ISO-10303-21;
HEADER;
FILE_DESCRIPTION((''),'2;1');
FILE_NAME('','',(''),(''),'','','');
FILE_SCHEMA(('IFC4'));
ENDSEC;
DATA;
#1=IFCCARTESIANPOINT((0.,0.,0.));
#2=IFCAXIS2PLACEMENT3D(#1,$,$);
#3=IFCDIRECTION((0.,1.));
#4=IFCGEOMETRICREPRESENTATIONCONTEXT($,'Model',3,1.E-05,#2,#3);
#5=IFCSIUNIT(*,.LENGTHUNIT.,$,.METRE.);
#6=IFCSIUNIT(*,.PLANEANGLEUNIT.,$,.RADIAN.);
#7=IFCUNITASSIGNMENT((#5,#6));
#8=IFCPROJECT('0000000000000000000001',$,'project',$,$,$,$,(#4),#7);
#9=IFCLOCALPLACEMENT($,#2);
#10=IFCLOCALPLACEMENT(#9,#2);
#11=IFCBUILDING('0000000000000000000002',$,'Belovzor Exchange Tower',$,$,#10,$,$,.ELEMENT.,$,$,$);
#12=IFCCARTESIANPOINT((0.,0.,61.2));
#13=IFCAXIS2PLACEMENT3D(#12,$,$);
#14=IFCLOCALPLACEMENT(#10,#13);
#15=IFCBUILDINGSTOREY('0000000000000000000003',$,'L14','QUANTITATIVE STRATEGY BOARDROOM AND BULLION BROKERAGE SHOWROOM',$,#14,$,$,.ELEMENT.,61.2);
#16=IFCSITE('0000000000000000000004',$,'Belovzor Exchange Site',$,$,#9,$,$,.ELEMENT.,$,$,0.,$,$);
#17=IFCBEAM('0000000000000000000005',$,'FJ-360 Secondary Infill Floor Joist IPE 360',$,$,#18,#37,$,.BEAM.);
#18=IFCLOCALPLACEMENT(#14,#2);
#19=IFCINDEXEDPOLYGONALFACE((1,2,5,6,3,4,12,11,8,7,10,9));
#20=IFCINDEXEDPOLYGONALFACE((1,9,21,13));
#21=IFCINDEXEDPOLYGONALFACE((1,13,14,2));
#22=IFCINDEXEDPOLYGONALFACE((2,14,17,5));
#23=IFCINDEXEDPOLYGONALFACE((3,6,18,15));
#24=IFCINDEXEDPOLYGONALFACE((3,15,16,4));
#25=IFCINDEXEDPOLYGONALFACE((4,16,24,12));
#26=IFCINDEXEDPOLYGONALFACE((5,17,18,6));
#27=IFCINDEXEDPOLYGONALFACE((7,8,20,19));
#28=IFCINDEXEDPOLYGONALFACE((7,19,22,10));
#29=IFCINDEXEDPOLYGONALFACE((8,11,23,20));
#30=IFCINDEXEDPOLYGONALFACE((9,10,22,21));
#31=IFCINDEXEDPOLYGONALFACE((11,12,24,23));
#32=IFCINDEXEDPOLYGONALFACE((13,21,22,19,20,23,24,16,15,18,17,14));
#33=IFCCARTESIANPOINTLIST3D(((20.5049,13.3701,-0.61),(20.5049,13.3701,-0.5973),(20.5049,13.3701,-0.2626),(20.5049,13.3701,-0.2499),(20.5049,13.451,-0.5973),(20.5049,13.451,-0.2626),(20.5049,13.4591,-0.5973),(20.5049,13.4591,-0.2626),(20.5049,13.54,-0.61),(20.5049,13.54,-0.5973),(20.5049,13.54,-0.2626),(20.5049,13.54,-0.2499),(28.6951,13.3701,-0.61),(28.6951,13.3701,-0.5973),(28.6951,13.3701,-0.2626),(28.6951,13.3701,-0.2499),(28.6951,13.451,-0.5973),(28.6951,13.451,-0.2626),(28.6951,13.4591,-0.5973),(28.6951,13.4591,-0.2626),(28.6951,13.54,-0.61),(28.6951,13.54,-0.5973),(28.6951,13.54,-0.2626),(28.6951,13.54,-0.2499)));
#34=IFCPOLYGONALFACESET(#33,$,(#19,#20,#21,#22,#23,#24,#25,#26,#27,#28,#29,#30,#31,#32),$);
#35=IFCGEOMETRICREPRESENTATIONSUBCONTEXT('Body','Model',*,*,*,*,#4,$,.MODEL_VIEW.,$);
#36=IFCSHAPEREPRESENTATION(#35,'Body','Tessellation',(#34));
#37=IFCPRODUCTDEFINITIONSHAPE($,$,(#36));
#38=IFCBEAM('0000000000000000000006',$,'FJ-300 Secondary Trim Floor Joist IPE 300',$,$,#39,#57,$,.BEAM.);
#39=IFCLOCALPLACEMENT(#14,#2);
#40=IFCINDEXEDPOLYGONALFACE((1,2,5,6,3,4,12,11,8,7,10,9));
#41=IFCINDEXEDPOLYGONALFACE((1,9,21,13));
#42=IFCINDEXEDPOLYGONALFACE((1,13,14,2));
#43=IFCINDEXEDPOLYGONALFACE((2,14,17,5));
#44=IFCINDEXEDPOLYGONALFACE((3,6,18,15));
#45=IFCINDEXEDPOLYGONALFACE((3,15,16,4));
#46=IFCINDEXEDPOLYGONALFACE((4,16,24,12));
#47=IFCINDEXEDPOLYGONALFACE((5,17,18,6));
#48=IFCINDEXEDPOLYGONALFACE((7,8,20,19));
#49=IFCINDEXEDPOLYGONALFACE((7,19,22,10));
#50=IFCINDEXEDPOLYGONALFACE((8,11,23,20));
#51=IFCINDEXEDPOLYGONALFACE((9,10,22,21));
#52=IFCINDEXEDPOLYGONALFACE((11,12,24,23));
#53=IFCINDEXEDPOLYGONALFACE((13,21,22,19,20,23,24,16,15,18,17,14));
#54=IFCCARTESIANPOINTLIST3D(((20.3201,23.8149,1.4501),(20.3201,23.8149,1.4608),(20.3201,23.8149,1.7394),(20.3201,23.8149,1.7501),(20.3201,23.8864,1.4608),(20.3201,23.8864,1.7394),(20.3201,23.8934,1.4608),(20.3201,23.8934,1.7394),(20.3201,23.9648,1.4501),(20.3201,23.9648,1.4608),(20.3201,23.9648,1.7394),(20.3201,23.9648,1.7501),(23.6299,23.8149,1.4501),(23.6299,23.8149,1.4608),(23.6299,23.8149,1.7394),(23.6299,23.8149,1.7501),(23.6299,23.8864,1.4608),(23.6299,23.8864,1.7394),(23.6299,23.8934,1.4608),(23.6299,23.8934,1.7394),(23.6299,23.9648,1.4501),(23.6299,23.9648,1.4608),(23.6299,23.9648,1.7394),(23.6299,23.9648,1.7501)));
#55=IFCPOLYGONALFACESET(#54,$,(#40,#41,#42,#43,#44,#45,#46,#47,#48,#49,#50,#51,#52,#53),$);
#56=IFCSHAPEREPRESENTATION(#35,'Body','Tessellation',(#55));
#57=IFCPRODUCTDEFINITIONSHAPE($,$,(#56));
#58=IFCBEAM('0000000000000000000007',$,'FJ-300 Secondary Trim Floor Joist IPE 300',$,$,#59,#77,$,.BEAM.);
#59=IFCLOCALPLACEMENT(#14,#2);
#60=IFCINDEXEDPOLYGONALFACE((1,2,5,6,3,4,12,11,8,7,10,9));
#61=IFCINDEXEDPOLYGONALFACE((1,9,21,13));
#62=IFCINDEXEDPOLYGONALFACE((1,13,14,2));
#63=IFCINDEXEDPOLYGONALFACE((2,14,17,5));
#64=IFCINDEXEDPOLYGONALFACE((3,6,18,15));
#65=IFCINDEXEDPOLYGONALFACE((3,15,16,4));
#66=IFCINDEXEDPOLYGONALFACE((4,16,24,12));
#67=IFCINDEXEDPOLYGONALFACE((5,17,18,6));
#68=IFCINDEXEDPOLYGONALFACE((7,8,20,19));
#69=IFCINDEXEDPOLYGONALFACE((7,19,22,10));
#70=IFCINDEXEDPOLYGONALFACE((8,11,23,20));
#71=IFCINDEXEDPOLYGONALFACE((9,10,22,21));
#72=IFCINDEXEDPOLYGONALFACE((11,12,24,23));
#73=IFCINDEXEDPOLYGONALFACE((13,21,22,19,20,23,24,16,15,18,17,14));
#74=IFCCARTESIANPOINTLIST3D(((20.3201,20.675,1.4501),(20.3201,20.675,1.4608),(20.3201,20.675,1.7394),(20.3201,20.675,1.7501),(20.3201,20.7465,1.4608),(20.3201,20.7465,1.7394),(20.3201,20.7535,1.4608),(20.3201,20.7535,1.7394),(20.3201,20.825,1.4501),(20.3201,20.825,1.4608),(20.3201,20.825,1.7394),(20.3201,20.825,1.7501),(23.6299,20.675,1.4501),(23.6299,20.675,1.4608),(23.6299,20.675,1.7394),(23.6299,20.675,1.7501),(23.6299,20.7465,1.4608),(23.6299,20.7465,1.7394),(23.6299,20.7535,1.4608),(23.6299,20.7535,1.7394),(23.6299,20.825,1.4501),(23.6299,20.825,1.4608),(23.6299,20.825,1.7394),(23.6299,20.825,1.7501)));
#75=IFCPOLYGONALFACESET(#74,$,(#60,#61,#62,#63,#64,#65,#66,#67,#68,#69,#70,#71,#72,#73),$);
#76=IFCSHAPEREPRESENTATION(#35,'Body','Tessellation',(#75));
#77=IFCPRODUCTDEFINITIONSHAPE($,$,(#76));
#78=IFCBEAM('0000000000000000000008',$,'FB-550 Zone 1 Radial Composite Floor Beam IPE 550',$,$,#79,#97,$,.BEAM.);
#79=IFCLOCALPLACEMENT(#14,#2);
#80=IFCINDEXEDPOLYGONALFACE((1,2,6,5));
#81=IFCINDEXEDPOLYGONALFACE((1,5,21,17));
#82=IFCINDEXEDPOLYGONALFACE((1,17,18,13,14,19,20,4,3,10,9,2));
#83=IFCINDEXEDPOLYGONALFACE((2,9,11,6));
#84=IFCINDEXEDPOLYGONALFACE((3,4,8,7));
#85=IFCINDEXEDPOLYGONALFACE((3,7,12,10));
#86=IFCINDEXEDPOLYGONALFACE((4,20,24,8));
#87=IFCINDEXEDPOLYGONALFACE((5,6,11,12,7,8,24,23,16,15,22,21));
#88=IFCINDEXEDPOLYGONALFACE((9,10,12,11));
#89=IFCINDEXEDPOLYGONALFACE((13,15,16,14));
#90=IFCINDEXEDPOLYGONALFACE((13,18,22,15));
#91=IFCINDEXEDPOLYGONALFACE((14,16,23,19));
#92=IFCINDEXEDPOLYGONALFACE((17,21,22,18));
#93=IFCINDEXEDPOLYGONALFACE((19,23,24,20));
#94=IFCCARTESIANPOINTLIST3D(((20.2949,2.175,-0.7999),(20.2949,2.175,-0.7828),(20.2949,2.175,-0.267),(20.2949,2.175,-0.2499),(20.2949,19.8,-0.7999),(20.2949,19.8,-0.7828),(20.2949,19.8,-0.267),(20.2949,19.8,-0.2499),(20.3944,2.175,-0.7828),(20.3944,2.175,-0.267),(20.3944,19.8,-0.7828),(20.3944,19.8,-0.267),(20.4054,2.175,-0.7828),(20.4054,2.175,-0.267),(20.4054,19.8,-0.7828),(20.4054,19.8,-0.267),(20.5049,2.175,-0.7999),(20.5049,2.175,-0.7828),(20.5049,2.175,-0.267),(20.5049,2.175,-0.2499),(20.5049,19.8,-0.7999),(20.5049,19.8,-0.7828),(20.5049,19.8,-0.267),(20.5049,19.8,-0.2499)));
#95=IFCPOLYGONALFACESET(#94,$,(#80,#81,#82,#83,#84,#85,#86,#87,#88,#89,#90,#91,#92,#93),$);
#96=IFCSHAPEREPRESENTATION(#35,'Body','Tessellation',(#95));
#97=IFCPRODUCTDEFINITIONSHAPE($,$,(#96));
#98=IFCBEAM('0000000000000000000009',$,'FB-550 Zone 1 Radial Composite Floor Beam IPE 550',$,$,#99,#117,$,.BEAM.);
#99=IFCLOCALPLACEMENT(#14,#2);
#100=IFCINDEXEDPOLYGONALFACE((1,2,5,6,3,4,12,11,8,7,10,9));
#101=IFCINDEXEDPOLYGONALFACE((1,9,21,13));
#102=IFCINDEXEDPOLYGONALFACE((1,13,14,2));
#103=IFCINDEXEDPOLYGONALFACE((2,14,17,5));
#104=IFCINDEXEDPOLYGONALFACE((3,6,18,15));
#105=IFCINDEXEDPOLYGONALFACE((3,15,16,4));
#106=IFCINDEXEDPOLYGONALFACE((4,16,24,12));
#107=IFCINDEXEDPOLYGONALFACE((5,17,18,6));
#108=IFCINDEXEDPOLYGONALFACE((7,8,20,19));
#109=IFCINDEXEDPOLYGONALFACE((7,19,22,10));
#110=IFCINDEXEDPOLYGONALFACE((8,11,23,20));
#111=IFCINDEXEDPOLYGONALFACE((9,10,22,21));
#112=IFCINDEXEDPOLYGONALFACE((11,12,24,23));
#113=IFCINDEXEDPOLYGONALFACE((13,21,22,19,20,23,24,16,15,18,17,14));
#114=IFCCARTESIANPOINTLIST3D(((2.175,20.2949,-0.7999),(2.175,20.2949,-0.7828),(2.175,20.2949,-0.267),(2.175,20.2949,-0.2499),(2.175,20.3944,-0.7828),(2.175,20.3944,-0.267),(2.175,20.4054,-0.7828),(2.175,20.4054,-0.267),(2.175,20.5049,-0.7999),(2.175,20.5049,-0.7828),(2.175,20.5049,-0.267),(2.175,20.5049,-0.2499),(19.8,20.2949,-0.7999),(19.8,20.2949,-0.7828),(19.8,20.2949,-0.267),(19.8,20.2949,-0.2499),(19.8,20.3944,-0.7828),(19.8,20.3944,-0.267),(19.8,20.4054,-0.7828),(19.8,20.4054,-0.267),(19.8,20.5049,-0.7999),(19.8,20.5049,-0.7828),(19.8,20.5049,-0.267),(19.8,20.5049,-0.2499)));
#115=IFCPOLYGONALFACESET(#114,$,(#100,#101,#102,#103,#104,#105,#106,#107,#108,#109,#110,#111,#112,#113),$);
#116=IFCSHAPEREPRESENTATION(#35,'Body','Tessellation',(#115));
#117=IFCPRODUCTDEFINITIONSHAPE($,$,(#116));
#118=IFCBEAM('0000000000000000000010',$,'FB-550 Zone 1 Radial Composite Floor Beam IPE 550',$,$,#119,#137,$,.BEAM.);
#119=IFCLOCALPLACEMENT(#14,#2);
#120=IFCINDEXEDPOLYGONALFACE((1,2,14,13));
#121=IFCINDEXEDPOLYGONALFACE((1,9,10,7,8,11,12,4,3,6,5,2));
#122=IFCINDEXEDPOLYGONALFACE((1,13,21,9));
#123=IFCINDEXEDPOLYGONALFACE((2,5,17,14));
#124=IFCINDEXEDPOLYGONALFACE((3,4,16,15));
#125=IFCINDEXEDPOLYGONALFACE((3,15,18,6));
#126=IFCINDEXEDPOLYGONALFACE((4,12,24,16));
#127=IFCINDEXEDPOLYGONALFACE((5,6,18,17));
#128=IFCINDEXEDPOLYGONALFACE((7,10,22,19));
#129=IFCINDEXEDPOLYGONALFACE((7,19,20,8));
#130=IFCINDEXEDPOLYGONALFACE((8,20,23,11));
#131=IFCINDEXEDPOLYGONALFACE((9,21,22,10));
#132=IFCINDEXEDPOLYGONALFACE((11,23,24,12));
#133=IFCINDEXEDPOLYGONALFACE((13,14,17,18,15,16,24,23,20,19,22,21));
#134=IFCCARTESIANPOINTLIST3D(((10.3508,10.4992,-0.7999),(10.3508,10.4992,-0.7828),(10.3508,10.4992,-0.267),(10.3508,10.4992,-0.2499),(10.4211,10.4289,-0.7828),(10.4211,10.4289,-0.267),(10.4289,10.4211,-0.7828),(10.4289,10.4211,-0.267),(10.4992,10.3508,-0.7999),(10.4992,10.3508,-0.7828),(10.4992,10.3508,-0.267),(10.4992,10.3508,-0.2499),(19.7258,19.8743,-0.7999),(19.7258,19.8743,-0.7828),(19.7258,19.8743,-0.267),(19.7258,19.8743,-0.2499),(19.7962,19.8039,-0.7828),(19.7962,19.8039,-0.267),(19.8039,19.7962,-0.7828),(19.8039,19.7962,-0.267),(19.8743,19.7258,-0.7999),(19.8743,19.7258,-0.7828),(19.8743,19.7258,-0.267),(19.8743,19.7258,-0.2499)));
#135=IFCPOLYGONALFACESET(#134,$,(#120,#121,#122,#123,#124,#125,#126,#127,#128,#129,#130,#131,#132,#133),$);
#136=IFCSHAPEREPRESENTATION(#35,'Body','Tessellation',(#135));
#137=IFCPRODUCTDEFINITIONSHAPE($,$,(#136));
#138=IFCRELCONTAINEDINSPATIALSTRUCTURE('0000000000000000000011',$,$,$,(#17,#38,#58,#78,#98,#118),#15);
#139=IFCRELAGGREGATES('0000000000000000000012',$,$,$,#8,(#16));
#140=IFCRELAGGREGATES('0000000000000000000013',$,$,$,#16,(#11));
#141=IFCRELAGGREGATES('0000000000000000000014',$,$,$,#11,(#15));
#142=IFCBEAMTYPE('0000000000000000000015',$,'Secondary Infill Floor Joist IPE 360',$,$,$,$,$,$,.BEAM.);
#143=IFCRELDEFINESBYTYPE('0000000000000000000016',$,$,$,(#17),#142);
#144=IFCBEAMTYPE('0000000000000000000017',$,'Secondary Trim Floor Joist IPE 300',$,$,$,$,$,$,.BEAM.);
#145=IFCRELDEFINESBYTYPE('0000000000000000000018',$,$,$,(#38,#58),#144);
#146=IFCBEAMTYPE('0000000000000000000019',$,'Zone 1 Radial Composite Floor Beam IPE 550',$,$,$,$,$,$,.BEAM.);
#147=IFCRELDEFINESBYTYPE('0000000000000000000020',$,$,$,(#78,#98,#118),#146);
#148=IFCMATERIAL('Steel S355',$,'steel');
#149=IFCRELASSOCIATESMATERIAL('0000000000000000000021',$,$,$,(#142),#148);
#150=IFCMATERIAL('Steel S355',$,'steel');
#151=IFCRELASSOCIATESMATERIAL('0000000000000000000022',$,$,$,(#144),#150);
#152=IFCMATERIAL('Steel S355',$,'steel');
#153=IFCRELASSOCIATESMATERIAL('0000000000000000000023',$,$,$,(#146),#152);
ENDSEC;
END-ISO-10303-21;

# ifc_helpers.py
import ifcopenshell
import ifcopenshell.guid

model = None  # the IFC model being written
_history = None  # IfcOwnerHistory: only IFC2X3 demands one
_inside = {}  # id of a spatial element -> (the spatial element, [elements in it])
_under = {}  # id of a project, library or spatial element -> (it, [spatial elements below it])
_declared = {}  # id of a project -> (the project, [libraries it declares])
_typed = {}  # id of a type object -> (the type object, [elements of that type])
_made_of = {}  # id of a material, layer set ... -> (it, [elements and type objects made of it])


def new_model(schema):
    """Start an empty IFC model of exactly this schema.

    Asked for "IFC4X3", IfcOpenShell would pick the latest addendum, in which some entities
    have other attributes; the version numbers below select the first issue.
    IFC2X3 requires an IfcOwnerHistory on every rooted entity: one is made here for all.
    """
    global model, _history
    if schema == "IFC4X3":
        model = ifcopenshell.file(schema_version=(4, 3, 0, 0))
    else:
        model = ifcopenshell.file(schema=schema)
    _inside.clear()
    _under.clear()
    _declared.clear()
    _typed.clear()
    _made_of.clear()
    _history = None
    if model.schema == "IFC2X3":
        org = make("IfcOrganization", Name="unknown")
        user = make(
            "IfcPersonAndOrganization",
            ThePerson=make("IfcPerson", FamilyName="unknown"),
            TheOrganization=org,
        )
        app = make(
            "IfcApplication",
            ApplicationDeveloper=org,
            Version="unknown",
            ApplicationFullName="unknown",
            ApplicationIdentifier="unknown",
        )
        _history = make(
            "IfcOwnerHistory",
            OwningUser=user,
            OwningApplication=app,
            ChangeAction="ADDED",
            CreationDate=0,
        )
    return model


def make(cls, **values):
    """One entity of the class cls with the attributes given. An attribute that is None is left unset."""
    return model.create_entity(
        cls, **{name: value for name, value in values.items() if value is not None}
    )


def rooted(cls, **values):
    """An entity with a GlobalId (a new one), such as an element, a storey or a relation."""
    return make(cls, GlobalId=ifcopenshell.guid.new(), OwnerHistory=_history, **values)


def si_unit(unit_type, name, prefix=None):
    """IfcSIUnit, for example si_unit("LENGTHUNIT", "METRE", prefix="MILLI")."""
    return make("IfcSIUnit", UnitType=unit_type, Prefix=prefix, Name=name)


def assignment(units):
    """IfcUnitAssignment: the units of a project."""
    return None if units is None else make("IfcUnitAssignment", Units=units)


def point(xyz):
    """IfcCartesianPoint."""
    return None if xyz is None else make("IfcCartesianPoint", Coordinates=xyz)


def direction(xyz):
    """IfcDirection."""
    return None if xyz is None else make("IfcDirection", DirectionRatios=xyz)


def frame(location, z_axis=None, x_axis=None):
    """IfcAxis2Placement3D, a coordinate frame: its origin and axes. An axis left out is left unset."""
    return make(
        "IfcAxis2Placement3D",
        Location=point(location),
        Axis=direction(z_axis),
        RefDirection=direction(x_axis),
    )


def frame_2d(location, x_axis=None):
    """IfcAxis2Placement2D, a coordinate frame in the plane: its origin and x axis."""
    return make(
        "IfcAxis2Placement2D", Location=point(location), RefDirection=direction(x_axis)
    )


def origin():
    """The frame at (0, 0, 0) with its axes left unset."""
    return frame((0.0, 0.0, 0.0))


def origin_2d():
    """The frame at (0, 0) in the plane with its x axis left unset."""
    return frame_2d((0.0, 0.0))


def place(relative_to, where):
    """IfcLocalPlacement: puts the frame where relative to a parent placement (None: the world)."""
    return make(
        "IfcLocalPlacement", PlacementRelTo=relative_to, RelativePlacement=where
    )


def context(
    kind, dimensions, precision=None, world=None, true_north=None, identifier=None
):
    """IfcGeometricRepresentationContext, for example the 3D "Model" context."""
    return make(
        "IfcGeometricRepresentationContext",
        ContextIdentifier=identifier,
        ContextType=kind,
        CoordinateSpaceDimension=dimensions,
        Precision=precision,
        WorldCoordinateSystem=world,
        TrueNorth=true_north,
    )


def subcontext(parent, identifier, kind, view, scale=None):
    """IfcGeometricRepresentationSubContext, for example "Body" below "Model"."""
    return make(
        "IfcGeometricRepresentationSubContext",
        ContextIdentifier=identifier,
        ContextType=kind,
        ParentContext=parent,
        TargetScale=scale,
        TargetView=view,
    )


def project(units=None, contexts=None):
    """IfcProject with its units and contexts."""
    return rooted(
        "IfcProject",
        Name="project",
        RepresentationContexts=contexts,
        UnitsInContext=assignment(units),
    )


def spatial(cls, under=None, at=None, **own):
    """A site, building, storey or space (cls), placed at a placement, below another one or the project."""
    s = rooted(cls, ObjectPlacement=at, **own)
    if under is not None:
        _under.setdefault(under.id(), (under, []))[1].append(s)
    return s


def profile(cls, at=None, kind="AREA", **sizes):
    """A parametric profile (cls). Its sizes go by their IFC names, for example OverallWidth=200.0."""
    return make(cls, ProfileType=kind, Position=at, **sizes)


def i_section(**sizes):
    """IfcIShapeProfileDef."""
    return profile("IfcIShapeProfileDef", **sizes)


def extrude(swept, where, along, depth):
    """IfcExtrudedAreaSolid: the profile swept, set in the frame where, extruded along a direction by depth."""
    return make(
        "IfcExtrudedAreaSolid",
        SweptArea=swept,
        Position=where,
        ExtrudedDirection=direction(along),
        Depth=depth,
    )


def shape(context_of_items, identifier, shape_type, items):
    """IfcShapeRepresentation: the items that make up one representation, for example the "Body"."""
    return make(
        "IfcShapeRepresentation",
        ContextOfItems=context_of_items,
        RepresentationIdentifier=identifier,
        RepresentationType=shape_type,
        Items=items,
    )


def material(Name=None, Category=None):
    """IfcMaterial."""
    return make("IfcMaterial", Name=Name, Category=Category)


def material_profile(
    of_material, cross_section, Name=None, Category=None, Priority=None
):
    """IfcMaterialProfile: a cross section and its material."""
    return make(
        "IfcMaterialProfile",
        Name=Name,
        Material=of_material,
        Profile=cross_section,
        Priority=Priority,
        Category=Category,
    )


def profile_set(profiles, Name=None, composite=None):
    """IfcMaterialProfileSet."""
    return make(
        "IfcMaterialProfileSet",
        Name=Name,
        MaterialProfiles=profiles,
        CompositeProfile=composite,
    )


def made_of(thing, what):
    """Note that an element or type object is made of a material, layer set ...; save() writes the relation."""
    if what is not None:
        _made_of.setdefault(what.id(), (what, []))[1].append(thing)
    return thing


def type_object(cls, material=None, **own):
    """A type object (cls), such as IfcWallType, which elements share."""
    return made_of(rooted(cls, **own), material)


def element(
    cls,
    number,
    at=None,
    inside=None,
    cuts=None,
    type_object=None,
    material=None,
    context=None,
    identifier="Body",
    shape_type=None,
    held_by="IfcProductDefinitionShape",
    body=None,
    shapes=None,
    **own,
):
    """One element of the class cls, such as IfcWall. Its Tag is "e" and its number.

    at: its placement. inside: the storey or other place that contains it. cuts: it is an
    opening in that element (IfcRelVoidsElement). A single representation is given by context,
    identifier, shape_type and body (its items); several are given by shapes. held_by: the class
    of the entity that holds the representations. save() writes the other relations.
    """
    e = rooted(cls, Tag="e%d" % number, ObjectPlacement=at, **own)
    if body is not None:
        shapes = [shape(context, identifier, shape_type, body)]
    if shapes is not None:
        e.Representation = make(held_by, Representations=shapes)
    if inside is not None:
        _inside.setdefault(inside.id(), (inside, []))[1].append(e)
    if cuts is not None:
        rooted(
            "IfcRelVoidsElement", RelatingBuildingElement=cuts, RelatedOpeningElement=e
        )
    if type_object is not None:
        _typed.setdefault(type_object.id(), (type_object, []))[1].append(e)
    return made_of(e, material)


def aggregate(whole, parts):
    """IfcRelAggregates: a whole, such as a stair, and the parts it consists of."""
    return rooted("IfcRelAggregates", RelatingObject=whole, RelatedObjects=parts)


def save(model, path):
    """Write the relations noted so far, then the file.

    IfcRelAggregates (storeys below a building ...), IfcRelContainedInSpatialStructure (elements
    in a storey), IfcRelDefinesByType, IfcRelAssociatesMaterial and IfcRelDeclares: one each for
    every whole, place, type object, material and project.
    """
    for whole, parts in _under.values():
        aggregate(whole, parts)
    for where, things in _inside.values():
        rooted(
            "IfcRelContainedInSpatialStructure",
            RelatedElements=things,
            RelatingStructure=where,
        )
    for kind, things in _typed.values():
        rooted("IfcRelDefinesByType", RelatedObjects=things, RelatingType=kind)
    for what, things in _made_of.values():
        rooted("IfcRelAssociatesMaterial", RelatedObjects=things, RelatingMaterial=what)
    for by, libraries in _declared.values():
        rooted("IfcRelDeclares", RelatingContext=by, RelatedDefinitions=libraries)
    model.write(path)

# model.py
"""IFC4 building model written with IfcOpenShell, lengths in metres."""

from ifc_helpers import new_model, si_unit, direction, frame, origin, origin_2d, place, context, subcontext, project, spatial, i_section, extrude, material, material_profile, profile_set, type_object, element, save


model = new_model("IFC4")

# Units and contexts
model_context = context("Model", 3, precision=1e-05, world=origin(), true_north=direction((0.0, 1.0)))
body_context = subcontext(model_context, "Body", "Model", "MODEL_VIEW")
ifc_project = project(units=[si_unit("LENGTHUNIT", "METRE"), si_unit("PLANEANGLEUNIT", "RADIAN")], contexts=[model_context])

# Site, building, storey
site_placement = place(None, origin())
site = spatial("IfcSite", under=ifc_project, at=site_placement, Name="Belovzor Exchange Site", CompositionType="ELEMENT", RefElevation=0.0)
building_placement = place(site_placement, origin())
building = spatial("IfcBuilding", under=site, at=building_placement, Name="Belovzor Exchange Tower", CompositionType="ELEMENT")
storey_placement = place(building_placement, frame((0.0, 0.0, 61.2)))
storey = spatial("IfcBuildingStorey", under=building, at=storey_placement, Name="L14", Description="QUANTITATIVE STRATEGY BOARDROOM AND BULLION BROKERAGE SHOWROOM", CompositionType="ELEMENT", Elevation=61.2)

# Beams
ifc_material_1 = material(Name="Steel S355", Category="steel")
ifc_material_profile_1 = material_profile(ifc_material_1, i_section(OverallWidth=0.1699, OverallDepth=0.3601, WebThickness=0.0081, FlangeThickness=0.0127, at=origin_2d()))
ifc_profile_set_1 = profile_set([ifc_material_profile_1], Name="Steel S355")
beam_type_1 = type_object("IfcBeamType", Name="Secondary Infill Floor Joist IPE 360", PredefinedType="BEAM", material=ifc_profile_set_1)
beam_1_placement = place(storey_placement, frame((20.5049, 13.4551, -0.4299), z_axis=(1.0, 0.0, 0.0), x_axis=(0.0, 1.0, 0.0)))
element("IfcBeam", 1, at=beam_1_placement, inside=storey, type_object=beam_type_1, Name="FJ-360 Secondary Infill Floor Joist IPE 360", PredefinedType="BEAM", context=body_context, shape_type="SweptSolid", body=[
    extrude(i_section(OverallWidth=0.1699, OverallDepth=0.3601, WebThickness=0.0081, FlangeThickness=0.0127, at=origin_2d()), origin(), (0.0, 0.0, 1.0), 8.1902),
])
ifc_material_2 = material(Name="Steel S355", Category="steel")
ifc_material_profile_2 = material_profile(ifc_material_2, i_section(OverallWidth=0.1499, OverallDepth=0.3, WebThickness=0.0071, FlangeThickness=0.0107, at=origin_2d()))
ifc_profile_set_2 = profile_set([ifc_material_profile_2], Name="Steel S355")
beam_type_2 = type_object("IfcBeamType", Name="Secondary Trim Floor Joist IPE 300", PredefinedType="BEAM", material=ifc_profile_set_2)
for number, where, z_axis, x_axis, name in (
    (2, (20.3201, 23.8899, 1.6001), (1.0, 0.0, 0.0), (0.0, 1.0, 0.0), "FJ-300 Secondary Trim Floor Joist IPE 300"),
    (3, (20.3201, 20.75, 1.6001), (1.0, 0.0, 0.0), (0.0, 1.0, 0.0), "FJ-300 Secondary Trim Floor Joist IPE 300"),
):
    element("IfcBeam", number, at=place(storey_placement, frame(where, z_axis=z_axis, x_axis=x_axis)), inside=storey, type_object=beam_type_2, Name=name, PredefinedType="BEAM", context=body_context, shape_type="SweptSolid", body=[
        extrude(i_section(OverallWidth=0.1499, OverallDepth=0.3, WebThickness=0.0071, FlangeThickness=0.0107, at=origin_2d()), origin(), (0.0, 0.0, 1.0), 3.3098),
    ])
ifc_material_3 = material(Name="Steel S355", Category="steel")
ifc_material_profile_3 = material_profile(ifc_material_3, i_section(OverallWidth=0.21, OverallDepth=0.55, WebThickness=0.011, FlangeThickness=0.0171, at=origin_2d()))
ifc_profile_set_3 = profile_set([ifc_material_profile_3], Name="Steel S355")
beam_type_3 = type_object("IfcBeamType", Name="Zone 1 Radial Composite Floor Beam IPE 550", PredefinedType="BEAM", material=ifc_profile_set_3)
for number, where, z_axis, x_axis, name in (
    (4, (20.3999, 19.8, -0.5249), (0.0, -1.0, 0.0), (1.0, 0.0, 0.0), "FB-550 Zone 1 Radial Composite Floor Beam IPE 550"),
    (5, (19.8, 20.3999, -0.5249), (-1.0, 0.0, 0.0), (0.0, -1.0, 0.0), "FB-550 Zone 1 Radial Composite Floor Beam IPE 550"),
):
    element("IfcBeam", number, at=place(storey_placement, frame(where, z_axis=z_axis, x_axis=x_axis)), inside=storey, type_object=beam_type_3, Name=name, PredefinedType="BEAM", context=body_context, shape_type="SweptSolid", body=[
        extrude(i_section(OverallWidth=0.21, OverallDepth=0.55, WebThickness=0.011, FlangeThickness=0.0171, at=origin_2d()), origin(), (0.0, 0.0, 1.0), 17.625),
    ])
beam_2_placement = place(storey_placement, frame((19.8, 19.8, -0.5249), z_axis=(-0.707107, -0.707107, 0.0), x_axis=(0.707107, -0.707107, 0.0)))
element("IfcBeam", 6, at=beam_2_placement, inside=storey, type_object=beam_type_3, Name="FB-550 Zone 1 Radial Composite Floor Beam IPE 550", PredefinedType="BEAM", context=body_context, shape_type="SweptSolid", body=[
    extrude(i_section(OverallWidth=0.21, OverallDepth=0.55, WebThickness=0.011, FlangeThickness=0.0171, at=origin_2d()), origin(), (0.0, 0.0, 1.0), 13.2583),
])

save(model, "model.ifc")
